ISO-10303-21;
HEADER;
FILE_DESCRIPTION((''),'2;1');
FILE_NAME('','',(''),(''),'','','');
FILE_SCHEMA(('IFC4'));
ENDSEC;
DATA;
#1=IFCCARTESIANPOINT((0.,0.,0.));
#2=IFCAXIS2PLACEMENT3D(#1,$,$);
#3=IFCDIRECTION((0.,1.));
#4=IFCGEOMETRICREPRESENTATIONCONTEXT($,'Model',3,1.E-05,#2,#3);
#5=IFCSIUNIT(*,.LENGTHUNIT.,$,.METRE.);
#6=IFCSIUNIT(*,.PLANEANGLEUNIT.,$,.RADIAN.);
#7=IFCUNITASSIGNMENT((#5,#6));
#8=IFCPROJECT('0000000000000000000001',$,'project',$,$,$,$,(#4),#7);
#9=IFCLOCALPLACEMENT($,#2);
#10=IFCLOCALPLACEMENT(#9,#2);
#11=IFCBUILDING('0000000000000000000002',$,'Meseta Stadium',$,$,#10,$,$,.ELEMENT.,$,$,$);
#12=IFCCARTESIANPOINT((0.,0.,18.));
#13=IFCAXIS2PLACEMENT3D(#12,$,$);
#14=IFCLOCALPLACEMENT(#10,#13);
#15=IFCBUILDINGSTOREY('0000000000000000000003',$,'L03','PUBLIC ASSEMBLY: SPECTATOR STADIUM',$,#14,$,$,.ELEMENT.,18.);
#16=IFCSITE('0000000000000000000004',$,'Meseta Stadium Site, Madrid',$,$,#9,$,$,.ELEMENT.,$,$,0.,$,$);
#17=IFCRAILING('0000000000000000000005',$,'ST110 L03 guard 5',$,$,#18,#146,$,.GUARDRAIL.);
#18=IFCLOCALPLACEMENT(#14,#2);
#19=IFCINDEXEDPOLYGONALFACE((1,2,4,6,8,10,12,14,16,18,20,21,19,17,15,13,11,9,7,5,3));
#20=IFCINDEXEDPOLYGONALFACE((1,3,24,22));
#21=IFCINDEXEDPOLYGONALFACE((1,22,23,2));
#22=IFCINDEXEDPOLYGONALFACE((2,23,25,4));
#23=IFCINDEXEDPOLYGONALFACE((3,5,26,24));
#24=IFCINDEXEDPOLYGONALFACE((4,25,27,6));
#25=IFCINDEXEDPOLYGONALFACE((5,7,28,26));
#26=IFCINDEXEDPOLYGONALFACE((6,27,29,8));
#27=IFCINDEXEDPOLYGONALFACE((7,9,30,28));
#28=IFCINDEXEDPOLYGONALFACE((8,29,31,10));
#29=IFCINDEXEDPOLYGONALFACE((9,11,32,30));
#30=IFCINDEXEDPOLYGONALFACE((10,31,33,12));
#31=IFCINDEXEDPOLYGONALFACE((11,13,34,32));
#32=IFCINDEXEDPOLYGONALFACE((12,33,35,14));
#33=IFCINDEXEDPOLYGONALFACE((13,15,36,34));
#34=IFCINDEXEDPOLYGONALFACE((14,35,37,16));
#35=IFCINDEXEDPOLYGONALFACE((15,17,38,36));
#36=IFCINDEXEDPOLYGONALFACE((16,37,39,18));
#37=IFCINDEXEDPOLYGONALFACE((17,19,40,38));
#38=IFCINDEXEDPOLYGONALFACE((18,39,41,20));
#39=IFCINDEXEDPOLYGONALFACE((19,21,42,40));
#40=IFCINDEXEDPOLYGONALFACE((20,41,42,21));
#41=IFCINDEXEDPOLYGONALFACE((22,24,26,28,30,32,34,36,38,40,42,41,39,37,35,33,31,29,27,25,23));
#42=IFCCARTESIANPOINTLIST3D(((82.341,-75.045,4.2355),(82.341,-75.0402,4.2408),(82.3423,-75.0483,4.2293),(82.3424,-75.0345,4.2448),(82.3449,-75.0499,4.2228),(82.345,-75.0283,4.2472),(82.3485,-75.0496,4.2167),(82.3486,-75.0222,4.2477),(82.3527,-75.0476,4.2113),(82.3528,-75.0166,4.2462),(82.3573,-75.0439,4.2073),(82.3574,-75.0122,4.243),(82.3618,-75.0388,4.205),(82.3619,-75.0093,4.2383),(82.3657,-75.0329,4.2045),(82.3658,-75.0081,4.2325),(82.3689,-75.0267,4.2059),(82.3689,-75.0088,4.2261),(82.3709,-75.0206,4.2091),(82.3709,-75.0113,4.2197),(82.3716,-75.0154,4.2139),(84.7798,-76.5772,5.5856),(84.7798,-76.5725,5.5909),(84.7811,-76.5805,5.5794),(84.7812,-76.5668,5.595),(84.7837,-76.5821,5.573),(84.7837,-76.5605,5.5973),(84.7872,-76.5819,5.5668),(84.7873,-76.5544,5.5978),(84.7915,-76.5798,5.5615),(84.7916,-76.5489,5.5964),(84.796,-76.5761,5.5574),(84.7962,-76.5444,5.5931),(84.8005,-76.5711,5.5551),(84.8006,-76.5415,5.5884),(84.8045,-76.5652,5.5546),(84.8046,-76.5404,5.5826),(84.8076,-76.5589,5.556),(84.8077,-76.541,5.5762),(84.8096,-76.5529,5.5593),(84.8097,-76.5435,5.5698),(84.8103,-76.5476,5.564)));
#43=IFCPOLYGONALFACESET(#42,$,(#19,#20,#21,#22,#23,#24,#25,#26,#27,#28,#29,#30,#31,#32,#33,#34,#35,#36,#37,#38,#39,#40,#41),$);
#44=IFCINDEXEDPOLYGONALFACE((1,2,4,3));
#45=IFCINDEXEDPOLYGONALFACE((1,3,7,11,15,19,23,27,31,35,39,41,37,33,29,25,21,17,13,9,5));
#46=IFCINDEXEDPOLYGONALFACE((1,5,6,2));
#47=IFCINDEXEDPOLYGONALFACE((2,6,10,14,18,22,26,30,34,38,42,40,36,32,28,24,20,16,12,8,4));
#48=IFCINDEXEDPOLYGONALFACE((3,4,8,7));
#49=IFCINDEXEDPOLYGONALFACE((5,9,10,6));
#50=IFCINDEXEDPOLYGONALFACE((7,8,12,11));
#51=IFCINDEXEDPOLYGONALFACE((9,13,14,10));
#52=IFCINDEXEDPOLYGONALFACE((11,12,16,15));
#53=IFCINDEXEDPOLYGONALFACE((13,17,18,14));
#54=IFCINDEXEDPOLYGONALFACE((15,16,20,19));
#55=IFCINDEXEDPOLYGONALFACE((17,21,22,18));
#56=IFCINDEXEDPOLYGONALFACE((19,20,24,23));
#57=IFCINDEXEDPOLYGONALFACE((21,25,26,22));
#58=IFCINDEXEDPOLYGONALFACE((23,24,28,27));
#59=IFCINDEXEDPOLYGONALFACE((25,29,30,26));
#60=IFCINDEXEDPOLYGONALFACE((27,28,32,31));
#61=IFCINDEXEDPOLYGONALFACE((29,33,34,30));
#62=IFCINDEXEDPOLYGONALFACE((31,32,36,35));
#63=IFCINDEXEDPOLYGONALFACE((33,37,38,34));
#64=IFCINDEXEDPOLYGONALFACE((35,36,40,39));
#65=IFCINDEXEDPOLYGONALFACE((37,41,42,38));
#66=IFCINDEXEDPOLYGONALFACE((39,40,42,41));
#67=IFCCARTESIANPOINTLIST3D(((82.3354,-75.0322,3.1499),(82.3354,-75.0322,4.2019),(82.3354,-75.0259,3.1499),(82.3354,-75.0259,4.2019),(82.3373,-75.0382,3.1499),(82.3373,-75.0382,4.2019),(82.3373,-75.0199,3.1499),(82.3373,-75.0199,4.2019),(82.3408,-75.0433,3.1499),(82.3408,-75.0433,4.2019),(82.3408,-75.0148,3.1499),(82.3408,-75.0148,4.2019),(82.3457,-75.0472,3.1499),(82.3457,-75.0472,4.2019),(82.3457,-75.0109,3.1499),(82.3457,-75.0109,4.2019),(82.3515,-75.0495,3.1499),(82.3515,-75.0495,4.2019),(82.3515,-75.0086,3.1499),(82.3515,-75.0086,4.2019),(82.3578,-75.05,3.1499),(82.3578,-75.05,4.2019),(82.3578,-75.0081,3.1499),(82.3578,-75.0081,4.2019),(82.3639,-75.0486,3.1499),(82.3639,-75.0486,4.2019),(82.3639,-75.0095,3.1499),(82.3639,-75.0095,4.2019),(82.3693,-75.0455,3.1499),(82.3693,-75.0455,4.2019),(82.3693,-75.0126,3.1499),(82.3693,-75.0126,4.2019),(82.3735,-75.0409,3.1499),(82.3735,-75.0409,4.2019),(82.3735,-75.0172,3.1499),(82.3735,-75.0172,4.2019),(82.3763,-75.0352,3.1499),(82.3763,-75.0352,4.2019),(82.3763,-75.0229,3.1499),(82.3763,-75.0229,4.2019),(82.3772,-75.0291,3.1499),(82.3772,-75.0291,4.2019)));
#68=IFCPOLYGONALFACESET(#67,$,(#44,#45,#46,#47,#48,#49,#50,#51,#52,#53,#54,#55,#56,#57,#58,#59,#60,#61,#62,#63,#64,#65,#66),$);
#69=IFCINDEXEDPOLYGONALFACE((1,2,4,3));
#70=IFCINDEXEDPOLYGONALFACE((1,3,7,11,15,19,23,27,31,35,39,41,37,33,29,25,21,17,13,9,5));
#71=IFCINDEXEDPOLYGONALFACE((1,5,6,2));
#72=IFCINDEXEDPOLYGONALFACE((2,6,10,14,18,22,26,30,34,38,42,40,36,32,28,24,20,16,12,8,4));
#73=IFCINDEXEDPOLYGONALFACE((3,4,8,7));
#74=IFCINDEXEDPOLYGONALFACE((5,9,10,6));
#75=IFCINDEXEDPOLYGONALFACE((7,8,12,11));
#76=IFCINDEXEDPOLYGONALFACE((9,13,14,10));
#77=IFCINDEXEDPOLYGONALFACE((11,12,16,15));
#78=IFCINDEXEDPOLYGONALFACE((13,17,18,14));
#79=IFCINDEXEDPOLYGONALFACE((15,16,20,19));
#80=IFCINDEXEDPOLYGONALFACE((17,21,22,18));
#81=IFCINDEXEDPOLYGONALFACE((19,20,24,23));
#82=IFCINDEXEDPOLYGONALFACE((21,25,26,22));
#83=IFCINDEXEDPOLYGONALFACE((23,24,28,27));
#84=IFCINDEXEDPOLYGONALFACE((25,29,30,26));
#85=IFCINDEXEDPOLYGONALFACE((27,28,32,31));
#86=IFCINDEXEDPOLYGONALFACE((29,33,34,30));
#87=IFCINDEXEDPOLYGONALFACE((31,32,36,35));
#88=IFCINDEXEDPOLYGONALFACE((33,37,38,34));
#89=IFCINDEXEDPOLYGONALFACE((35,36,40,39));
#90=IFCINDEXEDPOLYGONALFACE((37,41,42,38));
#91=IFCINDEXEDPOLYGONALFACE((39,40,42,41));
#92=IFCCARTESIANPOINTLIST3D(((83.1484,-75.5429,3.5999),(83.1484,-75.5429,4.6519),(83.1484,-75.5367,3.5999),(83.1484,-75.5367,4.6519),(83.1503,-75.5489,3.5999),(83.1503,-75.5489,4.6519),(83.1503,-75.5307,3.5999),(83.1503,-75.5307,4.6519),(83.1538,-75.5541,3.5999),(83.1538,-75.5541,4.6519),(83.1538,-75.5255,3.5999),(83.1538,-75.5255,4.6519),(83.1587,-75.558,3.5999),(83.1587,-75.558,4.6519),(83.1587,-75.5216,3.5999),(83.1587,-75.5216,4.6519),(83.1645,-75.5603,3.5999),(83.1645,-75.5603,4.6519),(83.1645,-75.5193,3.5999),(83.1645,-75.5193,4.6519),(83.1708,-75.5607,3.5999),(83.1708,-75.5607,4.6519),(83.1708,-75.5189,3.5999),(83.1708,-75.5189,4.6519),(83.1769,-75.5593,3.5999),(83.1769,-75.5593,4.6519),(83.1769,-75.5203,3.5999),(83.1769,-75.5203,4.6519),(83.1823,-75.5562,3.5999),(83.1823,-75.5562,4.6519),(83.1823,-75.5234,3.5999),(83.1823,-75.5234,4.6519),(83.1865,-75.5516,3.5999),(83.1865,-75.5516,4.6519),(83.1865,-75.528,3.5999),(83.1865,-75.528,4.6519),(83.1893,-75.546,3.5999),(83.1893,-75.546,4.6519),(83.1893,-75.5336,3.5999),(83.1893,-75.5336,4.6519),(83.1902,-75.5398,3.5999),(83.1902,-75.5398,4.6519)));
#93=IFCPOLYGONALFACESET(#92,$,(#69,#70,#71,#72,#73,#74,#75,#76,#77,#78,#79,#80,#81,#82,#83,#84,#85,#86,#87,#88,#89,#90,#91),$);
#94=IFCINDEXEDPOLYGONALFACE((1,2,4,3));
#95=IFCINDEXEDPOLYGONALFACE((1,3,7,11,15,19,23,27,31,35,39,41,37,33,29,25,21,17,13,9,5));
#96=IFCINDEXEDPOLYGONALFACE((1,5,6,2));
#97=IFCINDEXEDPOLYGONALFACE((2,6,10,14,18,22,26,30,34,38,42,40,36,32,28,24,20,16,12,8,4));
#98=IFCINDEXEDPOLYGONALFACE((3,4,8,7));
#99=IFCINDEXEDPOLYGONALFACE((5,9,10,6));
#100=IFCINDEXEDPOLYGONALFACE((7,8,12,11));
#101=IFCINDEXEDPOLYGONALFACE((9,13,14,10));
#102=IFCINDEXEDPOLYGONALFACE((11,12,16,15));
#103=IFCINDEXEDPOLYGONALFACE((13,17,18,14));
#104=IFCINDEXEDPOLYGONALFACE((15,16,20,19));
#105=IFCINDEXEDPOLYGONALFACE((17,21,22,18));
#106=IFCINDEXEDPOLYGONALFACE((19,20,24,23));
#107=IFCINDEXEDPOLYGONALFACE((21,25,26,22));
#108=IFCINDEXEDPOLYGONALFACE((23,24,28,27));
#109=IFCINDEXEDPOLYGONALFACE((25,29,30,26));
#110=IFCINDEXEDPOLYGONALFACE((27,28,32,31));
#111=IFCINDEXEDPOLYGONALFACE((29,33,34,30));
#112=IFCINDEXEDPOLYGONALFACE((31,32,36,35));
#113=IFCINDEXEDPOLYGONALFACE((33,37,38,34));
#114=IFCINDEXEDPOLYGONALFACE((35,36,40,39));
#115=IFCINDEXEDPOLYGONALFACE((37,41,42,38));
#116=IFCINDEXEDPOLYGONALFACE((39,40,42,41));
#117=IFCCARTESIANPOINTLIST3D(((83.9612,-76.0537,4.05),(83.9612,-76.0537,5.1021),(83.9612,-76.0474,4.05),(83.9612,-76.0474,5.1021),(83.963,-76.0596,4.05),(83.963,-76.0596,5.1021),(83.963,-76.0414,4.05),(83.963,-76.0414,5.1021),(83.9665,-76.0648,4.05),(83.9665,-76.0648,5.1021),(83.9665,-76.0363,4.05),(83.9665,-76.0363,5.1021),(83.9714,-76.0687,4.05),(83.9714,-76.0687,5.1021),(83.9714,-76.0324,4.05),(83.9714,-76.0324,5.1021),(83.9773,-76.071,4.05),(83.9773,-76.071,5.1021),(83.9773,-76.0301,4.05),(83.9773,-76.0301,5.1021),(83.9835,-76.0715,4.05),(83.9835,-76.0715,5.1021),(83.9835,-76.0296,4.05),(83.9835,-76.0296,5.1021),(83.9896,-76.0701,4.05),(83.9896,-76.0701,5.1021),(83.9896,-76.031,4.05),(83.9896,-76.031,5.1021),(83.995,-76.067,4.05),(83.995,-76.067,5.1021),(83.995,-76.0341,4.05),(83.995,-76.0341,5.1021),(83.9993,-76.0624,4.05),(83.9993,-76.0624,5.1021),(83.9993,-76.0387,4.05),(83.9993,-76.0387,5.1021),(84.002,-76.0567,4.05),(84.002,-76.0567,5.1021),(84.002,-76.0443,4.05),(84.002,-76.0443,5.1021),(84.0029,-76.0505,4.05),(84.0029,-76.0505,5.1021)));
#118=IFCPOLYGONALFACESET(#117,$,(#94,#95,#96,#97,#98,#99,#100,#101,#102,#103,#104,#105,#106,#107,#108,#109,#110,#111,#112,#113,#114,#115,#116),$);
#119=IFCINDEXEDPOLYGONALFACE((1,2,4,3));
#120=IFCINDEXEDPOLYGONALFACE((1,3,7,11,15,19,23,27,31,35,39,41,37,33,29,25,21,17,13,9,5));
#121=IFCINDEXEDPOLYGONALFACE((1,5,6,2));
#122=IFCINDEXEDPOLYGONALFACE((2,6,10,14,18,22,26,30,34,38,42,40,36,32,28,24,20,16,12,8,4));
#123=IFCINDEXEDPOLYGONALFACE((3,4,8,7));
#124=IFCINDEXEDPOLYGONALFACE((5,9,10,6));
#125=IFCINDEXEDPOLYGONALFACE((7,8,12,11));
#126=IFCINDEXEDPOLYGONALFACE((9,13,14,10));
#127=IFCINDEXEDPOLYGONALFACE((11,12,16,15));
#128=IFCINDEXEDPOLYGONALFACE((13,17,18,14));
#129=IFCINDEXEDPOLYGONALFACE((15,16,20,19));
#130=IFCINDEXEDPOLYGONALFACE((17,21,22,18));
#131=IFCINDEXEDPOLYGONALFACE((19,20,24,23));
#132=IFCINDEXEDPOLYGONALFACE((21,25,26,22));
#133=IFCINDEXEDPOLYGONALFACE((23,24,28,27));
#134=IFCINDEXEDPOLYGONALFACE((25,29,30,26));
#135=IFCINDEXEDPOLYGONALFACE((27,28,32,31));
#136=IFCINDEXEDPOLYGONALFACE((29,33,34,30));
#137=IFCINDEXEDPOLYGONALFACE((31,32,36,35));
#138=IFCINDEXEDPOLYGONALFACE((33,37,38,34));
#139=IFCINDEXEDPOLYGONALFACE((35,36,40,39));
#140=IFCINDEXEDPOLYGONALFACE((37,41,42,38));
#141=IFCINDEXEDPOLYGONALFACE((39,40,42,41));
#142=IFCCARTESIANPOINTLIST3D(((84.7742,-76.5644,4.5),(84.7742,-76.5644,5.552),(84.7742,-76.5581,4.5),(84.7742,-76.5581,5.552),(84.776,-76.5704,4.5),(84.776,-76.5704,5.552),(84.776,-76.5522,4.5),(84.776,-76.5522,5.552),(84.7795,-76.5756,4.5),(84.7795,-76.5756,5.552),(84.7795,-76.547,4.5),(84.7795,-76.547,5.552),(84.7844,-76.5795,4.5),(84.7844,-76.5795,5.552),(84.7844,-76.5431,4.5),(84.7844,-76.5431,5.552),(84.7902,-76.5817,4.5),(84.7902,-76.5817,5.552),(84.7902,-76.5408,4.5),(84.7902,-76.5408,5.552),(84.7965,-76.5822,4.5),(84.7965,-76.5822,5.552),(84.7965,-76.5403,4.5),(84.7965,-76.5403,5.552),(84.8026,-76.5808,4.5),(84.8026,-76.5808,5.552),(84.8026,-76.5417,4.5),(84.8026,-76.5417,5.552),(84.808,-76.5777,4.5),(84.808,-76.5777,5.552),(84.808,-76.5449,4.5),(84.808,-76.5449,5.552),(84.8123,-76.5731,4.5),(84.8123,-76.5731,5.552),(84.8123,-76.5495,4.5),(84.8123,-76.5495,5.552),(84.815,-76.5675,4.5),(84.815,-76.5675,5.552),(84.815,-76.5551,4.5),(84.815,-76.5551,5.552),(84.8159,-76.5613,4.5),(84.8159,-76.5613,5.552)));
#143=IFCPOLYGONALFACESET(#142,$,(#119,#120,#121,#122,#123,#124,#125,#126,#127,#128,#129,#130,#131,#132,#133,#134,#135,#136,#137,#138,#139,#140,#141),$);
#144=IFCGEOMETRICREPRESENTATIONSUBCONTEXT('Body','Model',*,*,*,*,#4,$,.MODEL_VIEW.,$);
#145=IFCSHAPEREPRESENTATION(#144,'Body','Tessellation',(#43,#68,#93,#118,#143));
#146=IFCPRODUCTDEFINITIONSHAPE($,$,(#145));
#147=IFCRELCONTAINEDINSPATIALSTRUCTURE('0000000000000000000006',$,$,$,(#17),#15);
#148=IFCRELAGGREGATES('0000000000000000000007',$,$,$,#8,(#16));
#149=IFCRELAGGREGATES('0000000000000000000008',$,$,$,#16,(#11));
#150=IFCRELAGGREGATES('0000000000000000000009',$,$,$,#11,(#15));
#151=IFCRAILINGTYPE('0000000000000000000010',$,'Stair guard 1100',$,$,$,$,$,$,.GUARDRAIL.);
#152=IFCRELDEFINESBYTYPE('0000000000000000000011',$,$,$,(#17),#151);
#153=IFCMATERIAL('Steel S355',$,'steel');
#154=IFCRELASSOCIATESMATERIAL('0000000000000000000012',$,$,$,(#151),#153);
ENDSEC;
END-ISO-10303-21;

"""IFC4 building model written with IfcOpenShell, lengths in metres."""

from ifc_helpers import new_model, si_unit, direction, frame, origin, origin_2d, place, context, subcontext, project, spatial, circle, extrude, material, type_object, element, save


model = new_model("IFC4")

# Units and contexts
model_context = context("Model", 3, precision=1e-05, world=origin(), true_north=direction((0.0, 1.0)))
body_context = subcontext(model_context, "Body", "Model", "MODEL_VIEW")
ifc_project = project(units=[si_unit("LENGTHUNIT", "METRE"), si_unit("PLANEANGLEUNIT", "RADIAN")], contexts=[model_context])

# Site, building, storey
site_placement = place(None, origin())
site = spatial("IfcSite", under=ifc_project, at=site_placement, Name="Meseta Stadium Site, Madrid", CompositionType="ELEMENT", RefElevation=0.0)
building_placement = place(site_placement, origin())
building = spatial("IfcBuilding", under=site, at=building_placement, Name="Meseta Stadium", CompositionType="ELEMENT")
storey_placement = place(building_placement, frame((0.0, 0.0, 18.0)))
storey = spatial("IfcBuildingStorey", under=building, at=storey_placement, Name="L03", Description="PUBLIC ASSEMBLY: SPECTATOR STADIUM", CompositionType="ELEMENT", Elevation=18.0)

# Railing
ifc_material_1 = material(Name="Steel S355", Category="steel")
railing_type_1 = type_object("IfcRailingType", Name="Stair guard 1100", PredefinedType="GUARDRAIL", material=ifc_material_1)
railing_1_placement = place(storey_placement, frame((82.3562, -75.0291, 3.1499)))
element("IfcRailing", 1, at=railing_1_placement, inside=storey, type_object=railing_type_1, Name="ST110 L03 guard 5", PredefinedType="GUARDRAIL", context=body_context, shape_type="SweptSolid", body=[
    extrude(circle(Radius=0.0239, at=origin_2d()), frame((0.0, 0.0, 1.0762), z_axis=(0.766687, -0.481703, 0.424445), x_axis=(0.532001, 0.846743, 0.0)), (0.0, 0.0, 1.0), 3.1809),
    extrude(circle(Radius=0.021, at=origin_2d()), origin(), (0.0, 0.0, 1.0), 1.052),
    extrude(circle(Radius=0.021, at=origin_2d()), frame((0.813, -0.5107, 0.45)), (0.0, 0.0, 1.0), 1.052),
    extrude(circle(Radius=0.021, at=origin_2d()), frame((1.6257, -1.0215, 0.9001)), (0.0, 0.0, 1.0), 1.052),
    extrude(circle(Radius=0.021, at=origin_2d()), frame((2.4387, -1.5322, 1.3501)), (0.0, 0.0, 1.0), 1.052),
])

save(model, "model.ifc")
